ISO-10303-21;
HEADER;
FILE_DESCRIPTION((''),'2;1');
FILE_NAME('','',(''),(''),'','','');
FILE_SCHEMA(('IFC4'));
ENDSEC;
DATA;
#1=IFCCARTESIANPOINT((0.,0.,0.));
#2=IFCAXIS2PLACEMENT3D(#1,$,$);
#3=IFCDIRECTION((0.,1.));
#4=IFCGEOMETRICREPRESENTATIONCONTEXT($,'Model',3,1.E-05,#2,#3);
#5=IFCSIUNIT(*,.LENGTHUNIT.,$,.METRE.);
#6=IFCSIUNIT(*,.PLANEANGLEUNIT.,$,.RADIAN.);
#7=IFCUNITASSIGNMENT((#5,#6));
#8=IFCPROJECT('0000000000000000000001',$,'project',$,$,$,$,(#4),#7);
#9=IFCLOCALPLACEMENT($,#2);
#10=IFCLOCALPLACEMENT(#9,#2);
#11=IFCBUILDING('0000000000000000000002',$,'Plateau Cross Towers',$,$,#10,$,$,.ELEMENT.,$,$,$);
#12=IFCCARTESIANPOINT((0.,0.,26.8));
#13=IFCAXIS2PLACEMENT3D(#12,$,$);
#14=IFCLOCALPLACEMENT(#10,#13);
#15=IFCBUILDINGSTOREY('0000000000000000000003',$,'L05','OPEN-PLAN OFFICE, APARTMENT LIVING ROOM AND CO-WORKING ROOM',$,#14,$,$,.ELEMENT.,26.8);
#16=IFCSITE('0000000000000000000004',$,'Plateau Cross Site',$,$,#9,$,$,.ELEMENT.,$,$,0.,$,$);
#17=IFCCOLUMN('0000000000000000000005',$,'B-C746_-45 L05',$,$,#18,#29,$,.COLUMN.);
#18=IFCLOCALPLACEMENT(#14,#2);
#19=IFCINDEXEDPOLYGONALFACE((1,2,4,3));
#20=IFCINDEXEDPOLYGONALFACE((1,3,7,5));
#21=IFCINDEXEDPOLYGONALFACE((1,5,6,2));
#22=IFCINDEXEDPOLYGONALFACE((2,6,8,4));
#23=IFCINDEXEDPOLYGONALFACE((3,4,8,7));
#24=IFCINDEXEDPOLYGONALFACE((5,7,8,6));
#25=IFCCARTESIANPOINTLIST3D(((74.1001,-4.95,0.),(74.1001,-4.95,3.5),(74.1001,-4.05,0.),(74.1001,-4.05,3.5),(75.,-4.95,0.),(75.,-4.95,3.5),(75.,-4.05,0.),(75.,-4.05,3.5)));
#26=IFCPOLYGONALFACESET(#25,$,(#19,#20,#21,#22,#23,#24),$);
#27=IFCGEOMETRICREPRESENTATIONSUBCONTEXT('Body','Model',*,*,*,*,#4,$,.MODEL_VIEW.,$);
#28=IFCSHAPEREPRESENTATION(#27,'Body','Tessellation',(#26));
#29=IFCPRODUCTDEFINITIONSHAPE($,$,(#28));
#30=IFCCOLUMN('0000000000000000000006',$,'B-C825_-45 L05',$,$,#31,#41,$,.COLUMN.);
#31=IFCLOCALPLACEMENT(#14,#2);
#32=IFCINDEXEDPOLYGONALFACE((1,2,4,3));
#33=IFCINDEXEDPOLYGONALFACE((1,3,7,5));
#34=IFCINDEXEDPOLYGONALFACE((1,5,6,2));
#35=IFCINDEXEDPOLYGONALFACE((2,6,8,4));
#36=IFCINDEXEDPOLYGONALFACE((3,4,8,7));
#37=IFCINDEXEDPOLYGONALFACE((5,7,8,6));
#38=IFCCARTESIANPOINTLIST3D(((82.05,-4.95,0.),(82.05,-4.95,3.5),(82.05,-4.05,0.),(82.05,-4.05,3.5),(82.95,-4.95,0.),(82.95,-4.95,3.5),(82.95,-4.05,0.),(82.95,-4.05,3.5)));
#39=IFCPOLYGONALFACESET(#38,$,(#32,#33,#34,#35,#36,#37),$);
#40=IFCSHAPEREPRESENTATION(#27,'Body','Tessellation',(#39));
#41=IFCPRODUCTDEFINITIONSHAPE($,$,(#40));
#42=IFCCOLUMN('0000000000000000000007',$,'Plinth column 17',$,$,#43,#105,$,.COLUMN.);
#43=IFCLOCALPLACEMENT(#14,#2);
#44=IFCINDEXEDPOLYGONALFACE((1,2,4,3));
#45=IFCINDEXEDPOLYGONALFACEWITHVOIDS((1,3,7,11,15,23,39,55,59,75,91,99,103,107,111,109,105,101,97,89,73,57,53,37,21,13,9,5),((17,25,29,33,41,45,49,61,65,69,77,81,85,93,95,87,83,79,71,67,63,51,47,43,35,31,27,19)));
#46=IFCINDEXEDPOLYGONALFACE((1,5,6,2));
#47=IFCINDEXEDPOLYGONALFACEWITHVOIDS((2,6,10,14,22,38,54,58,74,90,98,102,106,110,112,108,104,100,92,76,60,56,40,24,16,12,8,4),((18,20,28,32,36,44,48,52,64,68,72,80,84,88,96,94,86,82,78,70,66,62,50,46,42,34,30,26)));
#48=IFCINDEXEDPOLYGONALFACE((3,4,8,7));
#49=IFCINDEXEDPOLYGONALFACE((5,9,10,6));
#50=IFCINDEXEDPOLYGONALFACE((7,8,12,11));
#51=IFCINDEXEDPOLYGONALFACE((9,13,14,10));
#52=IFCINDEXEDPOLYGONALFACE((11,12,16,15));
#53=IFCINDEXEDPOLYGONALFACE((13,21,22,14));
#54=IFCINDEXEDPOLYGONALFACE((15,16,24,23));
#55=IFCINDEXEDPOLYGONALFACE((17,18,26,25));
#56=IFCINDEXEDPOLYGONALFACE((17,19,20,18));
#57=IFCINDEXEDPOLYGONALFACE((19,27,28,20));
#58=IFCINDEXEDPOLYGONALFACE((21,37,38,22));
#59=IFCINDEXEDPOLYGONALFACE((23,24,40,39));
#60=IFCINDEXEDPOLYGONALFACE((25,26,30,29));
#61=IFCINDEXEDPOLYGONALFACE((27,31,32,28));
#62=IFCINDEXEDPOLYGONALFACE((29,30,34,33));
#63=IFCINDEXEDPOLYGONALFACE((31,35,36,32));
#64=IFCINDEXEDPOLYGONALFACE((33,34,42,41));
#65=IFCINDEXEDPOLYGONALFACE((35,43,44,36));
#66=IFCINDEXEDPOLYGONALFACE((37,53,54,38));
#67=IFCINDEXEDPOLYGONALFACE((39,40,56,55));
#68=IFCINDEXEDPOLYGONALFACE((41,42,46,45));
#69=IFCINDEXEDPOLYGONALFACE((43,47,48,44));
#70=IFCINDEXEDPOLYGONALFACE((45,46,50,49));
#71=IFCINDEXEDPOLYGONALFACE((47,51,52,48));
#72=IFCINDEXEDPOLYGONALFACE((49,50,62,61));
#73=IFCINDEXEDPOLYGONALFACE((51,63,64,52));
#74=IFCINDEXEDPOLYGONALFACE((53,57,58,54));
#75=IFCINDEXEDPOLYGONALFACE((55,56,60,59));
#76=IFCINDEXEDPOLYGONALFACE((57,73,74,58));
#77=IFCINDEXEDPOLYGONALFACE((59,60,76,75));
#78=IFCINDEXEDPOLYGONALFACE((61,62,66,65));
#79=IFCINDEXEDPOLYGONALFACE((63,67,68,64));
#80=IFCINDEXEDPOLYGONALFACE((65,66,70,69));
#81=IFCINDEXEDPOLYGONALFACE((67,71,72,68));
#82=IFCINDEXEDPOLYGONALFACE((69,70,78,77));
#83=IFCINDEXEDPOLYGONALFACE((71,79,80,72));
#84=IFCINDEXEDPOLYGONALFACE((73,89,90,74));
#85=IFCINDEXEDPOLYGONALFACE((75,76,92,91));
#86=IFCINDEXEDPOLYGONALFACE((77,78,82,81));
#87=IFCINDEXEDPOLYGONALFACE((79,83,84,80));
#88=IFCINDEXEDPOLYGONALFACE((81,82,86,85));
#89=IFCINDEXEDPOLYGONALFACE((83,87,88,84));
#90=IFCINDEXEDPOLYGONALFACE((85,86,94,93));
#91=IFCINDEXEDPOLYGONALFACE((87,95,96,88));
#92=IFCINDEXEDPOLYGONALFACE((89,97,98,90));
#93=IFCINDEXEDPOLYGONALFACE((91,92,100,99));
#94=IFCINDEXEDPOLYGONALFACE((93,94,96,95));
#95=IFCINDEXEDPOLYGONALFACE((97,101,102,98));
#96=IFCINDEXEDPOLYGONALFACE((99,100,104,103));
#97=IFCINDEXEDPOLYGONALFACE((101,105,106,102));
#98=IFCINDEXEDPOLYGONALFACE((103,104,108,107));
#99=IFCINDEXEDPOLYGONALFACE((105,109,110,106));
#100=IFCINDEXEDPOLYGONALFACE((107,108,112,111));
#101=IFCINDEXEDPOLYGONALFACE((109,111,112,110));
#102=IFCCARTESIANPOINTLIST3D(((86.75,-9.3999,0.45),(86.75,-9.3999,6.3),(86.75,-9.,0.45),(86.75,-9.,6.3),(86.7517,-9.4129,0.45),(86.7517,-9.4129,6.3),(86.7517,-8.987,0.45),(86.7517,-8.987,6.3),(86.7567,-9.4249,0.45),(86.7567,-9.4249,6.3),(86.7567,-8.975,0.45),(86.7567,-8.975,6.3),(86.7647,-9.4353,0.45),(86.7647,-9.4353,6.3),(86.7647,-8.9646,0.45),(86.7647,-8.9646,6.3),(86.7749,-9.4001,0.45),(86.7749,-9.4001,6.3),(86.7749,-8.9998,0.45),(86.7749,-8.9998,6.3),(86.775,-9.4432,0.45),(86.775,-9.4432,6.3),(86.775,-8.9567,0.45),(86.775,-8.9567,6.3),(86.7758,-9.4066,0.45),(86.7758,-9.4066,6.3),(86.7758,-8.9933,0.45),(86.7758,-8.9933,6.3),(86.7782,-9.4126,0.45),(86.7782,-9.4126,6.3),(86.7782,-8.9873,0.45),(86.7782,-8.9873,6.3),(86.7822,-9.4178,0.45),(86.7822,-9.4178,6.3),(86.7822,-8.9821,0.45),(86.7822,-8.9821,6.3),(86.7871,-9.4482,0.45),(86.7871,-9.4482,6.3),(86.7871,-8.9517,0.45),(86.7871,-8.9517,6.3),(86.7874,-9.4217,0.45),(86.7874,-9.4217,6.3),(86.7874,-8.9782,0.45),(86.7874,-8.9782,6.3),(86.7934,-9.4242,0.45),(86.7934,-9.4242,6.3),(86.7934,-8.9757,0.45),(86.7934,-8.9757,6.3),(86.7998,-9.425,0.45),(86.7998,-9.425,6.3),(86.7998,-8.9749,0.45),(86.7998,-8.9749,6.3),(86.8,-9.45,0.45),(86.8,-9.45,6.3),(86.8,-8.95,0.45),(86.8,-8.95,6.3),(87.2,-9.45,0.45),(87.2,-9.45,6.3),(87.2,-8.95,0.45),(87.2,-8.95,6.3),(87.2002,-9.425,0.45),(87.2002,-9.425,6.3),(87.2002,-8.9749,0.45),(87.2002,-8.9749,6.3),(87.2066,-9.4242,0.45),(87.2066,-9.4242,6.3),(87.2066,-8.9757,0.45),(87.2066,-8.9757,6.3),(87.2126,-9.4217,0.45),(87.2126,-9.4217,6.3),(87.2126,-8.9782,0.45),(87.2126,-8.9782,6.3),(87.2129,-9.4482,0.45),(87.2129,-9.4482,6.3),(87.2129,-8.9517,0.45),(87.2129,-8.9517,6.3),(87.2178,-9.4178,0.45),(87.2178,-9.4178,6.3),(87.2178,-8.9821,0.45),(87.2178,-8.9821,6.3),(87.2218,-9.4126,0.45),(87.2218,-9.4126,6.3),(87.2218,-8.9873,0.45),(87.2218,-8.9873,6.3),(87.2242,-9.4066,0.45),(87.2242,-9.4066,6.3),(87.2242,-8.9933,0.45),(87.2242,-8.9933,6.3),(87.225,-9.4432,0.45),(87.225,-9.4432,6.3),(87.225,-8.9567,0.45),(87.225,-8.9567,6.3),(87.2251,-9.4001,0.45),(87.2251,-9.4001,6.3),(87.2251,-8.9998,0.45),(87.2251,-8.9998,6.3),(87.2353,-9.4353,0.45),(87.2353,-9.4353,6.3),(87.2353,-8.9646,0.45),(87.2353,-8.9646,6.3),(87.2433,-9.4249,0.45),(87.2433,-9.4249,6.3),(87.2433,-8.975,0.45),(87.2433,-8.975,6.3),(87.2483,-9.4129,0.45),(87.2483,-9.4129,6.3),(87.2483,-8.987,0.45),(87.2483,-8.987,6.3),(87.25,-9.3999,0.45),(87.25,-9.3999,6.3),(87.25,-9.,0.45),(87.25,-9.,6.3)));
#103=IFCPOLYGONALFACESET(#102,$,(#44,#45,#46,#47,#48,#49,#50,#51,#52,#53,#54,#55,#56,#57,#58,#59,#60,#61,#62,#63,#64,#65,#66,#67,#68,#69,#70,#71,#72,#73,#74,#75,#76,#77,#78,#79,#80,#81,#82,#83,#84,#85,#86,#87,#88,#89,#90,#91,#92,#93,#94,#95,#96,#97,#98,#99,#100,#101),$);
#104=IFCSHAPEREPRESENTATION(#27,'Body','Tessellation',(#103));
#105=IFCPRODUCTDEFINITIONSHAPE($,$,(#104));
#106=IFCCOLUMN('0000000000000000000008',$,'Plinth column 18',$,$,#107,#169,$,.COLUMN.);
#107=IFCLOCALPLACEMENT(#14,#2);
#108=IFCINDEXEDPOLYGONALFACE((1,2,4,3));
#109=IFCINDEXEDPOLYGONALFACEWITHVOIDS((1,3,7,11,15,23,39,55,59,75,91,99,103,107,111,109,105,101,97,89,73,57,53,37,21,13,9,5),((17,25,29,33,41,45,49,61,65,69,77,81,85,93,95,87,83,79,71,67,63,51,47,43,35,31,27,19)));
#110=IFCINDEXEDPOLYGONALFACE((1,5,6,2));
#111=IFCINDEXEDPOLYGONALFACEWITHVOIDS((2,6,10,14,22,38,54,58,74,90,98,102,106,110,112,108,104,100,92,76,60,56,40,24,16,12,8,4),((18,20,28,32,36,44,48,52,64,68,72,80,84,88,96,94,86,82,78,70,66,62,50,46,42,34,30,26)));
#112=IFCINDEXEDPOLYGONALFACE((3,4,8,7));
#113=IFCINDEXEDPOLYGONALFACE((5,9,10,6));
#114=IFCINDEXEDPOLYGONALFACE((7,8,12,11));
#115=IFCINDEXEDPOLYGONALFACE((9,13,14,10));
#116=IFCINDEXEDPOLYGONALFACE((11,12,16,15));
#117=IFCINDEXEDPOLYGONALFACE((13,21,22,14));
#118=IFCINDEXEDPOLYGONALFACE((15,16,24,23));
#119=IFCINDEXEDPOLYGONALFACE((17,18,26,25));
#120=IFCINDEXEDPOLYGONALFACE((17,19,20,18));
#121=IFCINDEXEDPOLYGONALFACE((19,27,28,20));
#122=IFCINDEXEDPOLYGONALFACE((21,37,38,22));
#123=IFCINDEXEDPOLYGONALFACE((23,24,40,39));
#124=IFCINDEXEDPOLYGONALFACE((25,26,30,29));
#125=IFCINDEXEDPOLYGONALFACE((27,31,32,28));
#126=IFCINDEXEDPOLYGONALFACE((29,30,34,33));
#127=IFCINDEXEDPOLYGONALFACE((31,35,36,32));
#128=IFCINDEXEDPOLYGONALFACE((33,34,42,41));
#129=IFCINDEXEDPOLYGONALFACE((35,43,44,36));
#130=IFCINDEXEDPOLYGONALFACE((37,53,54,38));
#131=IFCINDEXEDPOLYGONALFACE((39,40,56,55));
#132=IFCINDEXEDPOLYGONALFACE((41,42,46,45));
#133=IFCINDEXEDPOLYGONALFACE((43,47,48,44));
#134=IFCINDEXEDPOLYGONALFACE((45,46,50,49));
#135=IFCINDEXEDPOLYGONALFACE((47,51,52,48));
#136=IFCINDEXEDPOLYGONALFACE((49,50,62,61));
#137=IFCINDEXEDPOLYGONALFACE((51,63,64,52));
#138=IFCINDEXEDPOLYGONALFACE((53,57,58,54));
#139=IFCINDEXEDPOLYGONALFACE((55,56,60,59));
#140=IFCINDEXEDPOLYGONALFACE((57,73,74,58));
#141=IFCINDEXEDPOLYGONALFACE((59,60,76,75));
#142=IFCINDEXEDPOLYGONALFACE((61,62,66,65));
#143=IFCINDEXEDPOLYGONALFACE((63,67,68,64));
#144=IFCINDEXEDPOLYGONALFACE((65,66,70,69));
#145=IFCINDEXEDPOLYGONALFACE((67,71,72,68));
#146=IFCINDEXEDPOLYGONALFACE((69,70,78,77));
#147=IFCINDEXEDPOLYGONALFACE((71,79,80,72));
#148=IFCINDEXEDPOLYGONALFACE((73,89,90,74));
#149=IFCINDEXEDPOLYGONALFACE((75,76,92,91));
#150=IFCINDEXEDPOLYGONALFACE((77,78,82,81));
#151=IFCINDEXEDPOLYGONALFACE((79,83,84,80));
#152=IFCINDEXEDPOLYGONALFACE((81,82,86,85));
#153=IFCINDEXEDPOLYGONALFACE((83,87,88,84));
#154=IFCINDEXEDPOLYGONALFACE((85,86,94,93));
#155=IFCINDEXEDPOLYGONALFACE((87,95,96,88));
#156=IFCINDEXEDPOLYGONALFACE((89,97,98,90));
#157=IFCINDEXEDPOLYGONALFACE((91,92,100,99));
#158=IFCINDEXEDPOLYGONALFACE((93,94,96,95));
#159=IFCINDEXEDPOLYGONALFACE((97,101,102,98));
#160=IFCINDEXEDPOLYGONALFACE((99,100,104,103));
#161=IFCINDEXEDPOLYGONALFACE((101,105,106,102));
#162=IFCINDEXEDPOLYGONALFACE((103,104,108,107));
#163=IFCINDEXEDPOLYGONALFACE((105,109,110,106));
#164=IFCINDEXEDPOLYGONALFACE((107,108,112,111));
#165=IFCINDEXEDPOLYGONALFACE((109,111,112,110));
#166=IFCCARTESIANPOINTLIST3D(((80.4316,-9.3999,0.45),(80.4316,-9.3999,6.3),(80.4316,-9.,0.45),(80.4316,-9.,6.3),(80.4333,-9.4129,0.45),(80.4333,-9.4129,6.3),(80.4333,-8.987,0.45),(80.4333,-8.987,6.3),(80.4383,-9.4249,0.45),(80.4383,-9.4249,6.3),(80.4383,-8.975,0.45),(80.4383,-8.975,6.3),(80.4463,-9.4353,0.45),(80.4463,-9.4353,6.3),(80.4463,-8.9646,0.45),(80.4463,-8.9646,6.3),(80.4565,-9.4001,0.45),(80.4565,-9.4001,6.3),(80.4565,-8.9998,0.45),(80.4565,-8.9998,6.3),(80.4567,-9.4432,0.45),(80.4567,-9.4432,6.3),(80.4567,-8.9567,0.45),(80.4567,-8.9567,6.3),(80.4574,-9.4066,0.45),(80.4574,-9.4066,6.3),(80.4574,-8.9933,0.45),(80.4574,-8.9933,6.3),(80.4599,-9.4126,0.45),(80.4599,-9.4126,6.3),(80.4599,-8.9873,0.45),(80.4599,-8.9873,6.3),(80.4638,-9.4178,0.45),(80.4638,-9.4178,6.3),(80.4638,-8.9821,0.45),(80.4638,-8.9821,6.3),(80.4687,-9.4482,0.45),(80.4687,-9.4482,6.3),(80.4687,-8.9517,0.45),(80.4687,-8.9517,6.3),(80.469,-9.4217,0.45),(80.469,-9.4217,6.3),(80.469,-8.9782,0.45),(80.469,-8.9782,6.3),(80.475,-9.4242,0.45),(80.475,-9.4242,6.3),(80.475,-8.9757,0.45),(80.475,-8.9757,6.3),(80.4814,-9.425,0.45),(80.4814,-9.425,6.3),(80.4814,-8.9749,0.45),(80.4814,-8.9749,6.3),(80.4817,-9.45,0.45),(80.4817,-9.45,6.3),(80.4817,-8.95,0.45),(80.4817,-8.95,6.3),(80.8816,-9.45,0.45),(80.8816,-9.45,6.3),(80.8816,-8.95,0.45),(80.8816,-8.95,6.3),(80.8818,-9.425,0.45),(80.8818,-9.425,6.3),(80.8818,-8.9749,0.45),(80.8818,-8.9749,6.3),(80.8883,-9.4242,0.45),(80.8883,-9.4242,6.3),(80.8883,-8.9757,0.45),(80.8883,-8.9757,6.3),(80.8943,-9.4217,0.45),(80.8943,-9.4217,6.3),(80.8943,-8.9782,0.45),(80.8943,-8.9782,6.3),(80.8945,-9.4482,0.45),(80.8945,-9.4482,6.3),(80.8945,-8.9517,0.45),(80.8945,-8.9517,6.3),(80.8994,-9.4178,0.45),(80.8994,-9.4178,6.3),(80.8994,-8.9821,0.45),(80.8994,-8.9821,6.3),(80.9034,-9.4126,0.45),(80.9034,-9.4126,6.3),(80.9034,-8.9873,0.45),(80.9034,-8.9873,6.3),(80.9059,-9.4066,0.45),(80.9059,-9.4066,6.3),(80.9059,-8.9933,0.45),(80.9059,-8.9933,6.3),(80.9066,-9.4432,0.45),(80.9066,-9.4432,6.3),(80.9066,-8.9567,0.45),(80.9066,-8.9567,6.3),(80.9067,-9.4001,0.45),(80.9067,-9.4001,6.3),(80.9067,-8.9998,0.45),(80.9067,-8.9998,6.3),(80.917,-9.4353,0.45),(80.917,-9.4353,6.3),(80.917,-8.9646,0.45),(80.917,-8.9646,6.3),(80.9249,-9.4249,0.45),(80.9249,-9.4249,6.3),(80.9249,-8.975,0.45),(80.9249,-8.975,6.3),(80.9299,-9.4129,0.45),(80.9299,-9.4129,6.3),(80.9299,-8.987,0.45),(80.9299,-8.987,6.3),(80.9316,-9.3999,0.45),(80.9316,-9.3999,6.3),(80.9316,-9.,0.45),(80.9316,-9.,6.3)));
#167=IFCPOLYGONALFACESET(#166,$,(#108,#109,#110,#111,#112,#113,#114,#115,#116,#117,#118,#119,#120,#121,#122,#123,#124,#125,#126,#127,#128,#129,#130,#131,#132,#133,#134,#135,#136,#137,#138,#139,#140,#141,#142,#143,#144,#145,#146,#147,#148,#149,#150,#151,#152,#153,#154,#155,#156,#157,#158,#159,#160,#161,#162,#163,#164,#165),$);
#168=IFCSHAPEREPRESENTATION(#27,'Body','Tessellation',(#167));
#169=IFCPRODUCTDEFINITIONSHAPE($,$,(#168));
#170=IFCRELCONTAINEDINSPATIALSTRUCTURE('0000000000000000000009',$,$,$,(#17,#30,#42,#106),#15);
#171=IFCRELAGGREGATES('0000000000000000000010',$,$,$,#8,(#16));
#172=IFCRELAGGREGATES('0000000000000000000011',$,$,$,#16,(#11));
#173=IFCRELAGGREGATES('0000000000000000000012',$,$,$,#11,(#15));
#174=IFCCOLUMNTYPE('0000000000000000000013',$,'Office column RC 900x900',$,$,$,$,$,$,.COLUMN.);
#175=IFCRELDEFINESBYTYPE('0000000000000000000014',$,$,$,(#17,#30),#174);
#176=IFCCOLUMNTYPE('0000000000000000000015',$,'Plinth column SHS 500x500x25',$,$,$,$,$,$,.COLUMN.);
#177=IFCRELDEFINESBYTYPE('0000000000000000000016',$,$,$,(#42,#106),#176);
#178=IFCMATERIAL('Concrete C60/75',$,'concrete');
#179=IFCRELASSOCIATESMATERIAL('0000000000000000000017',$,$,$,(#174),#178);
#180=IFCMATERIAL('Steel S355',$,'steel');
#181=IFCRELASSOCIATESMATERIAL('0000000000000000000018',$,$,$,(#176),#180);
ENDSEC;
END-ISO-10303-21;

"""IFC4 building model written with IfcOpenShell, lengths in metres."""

from ifc_helpers import new_model, si_unit, direction, frame, origin, origin_2d, place, context, subcontext, project, spatial, rectangle, hollow_rectangle, extrude, material, material_profile, profile_set, type_object, element, save


model = new_model("IFC4")

# Units and contexts
model_context = context("Model", 3, precision=1e-05, world=origin(), true_north=direction((0.0, 1.0)))
body_context = subcontext(model_context, "Body", "Model", "MODEL_VIEW")
ifc_project = project(units=[si_unit("LENGTHUNIT", "METRE"), si_unit("PLANEANGLEUNIT", "RADIAN")], contexts=[model_context])

# Site, building, storey
site_placement = place(None, origin())
site = spatial("IfcSite", under=ifc_project, at=site_placement, Name="Plateau Cross Site", CompositionType="ELEMENT", RefElevation=0.0)
building_placement = place(site_placement, origin())
building = spatial("IfcBuilding", under=site, at=building_placement, Name="Plateau Cross Towers", CompositionType="ELEMENT")
storey_placement = place(building_placement, frame((0.0, 0.0, 26.8)))
storey = spatial("IfcBuildingStorey", under=building, at=storey_placement, Name="L05", Description="OPEN-PLAN OFFICE, APARTMENT LIVING ROOM AND CO-WORKING ROOM", CompositionType="ELEMENT", Elevation=26.8)

# Columns
ifc_material_1 = material(Name="Concrete C60/75", Category="concrete")
ifc_material_profile_1 = material_profile(ifc_material_1, rectangle(XDim=0.8999, YDim=0.8999, at=origin_2d()), Name="RC 900x900")
ifc_profile_set_1 = profile_set([ifc_material_profile_1], Name="Concrete C60/75")
column_type_1 = type_object("IfcColumnType", Name="Office column RC 900x900", PredefinedType="COLUMN", material=ifc_profile_set_1)
for number, where, z_axis, x_axis, name in (
    (1, (74.55, -4.5, 0.0), (0.0, 0.0, 1.0), (1.0, 0.0, 0.0), "B-C746_-45 L05"),
    (2, (82.5, -4.5, 0.0), (0.0, 0.0, 1.0), (1.0, 0.0, 0.0), "B-C825_-45 L05"),
):
    element("IfcColumn", number, at=place(storey_placement, frame(where, z_axis=z_axis, x_axis=x_axis)), inside=storey, type_object=column_type_1, Name=name, PredefinedType="COLUMN", context=body_context, shape_type="SweptSolid", body=[
        extrude(rectangle(XDim=0.8999, YDim=0.8999, at=origin_2d()), origin(), (0.0, 0.0, 1.0), 3.5),
    ])
ifc_material_2 = material(Name="Steel S355", Category="steel")
ifc_material_profile_2 = material_profile(ifc_material_2, hollow_rectangle(XDim=0.5, YDim=0.5, WallThickness=0.0249, InnerFilletRadius=0.0249, OuterFilletRadius=0.05, at=origin_2d()), Name="SHS 500x500x25")
ifc_profile_set_2 = profile_set([ifc_material_profile_2], Name="Steel S355")
column_type_2 = type_object("IfcColumnType", Name="Plinth column SHS 500x500x25", PredefinedType="COLUMN", material=ifc_profile_set_2)
for number, where, z_axis, x_axis, name in (
    (3, (87.0, -9.2, 0.45), (0.0, 0.0, 1.0), (1.0, 0.0, 0.0), "Plinth column 17"),
    (4, (80.6816, -9.2, 0.45), (0.0, 0.0, 1.0), (1.0, 0.0, 0.0), "Plinth column 18"),
):
    element("IfcColumn", number, at=place(storey_placement, frame(where, z_axis=z_axis, x_axis=x_axis)), inside=storey, type_object=column_type_2, Name=name, PredefinedType="COLUMN", context=body_context, shape_type="SweptSolid", body=[
        extrude(hollow_rectangle(XDim=0.5, YDim=0.5, WallThickness=0.0249, InnerFilletRadius=0.0249, OuterFilletRadius=0.05, at=origin_2d()), origin(), (0.0, 0.0, 1.0), 5.8501),
    ])

save(model, "model.ifc")
